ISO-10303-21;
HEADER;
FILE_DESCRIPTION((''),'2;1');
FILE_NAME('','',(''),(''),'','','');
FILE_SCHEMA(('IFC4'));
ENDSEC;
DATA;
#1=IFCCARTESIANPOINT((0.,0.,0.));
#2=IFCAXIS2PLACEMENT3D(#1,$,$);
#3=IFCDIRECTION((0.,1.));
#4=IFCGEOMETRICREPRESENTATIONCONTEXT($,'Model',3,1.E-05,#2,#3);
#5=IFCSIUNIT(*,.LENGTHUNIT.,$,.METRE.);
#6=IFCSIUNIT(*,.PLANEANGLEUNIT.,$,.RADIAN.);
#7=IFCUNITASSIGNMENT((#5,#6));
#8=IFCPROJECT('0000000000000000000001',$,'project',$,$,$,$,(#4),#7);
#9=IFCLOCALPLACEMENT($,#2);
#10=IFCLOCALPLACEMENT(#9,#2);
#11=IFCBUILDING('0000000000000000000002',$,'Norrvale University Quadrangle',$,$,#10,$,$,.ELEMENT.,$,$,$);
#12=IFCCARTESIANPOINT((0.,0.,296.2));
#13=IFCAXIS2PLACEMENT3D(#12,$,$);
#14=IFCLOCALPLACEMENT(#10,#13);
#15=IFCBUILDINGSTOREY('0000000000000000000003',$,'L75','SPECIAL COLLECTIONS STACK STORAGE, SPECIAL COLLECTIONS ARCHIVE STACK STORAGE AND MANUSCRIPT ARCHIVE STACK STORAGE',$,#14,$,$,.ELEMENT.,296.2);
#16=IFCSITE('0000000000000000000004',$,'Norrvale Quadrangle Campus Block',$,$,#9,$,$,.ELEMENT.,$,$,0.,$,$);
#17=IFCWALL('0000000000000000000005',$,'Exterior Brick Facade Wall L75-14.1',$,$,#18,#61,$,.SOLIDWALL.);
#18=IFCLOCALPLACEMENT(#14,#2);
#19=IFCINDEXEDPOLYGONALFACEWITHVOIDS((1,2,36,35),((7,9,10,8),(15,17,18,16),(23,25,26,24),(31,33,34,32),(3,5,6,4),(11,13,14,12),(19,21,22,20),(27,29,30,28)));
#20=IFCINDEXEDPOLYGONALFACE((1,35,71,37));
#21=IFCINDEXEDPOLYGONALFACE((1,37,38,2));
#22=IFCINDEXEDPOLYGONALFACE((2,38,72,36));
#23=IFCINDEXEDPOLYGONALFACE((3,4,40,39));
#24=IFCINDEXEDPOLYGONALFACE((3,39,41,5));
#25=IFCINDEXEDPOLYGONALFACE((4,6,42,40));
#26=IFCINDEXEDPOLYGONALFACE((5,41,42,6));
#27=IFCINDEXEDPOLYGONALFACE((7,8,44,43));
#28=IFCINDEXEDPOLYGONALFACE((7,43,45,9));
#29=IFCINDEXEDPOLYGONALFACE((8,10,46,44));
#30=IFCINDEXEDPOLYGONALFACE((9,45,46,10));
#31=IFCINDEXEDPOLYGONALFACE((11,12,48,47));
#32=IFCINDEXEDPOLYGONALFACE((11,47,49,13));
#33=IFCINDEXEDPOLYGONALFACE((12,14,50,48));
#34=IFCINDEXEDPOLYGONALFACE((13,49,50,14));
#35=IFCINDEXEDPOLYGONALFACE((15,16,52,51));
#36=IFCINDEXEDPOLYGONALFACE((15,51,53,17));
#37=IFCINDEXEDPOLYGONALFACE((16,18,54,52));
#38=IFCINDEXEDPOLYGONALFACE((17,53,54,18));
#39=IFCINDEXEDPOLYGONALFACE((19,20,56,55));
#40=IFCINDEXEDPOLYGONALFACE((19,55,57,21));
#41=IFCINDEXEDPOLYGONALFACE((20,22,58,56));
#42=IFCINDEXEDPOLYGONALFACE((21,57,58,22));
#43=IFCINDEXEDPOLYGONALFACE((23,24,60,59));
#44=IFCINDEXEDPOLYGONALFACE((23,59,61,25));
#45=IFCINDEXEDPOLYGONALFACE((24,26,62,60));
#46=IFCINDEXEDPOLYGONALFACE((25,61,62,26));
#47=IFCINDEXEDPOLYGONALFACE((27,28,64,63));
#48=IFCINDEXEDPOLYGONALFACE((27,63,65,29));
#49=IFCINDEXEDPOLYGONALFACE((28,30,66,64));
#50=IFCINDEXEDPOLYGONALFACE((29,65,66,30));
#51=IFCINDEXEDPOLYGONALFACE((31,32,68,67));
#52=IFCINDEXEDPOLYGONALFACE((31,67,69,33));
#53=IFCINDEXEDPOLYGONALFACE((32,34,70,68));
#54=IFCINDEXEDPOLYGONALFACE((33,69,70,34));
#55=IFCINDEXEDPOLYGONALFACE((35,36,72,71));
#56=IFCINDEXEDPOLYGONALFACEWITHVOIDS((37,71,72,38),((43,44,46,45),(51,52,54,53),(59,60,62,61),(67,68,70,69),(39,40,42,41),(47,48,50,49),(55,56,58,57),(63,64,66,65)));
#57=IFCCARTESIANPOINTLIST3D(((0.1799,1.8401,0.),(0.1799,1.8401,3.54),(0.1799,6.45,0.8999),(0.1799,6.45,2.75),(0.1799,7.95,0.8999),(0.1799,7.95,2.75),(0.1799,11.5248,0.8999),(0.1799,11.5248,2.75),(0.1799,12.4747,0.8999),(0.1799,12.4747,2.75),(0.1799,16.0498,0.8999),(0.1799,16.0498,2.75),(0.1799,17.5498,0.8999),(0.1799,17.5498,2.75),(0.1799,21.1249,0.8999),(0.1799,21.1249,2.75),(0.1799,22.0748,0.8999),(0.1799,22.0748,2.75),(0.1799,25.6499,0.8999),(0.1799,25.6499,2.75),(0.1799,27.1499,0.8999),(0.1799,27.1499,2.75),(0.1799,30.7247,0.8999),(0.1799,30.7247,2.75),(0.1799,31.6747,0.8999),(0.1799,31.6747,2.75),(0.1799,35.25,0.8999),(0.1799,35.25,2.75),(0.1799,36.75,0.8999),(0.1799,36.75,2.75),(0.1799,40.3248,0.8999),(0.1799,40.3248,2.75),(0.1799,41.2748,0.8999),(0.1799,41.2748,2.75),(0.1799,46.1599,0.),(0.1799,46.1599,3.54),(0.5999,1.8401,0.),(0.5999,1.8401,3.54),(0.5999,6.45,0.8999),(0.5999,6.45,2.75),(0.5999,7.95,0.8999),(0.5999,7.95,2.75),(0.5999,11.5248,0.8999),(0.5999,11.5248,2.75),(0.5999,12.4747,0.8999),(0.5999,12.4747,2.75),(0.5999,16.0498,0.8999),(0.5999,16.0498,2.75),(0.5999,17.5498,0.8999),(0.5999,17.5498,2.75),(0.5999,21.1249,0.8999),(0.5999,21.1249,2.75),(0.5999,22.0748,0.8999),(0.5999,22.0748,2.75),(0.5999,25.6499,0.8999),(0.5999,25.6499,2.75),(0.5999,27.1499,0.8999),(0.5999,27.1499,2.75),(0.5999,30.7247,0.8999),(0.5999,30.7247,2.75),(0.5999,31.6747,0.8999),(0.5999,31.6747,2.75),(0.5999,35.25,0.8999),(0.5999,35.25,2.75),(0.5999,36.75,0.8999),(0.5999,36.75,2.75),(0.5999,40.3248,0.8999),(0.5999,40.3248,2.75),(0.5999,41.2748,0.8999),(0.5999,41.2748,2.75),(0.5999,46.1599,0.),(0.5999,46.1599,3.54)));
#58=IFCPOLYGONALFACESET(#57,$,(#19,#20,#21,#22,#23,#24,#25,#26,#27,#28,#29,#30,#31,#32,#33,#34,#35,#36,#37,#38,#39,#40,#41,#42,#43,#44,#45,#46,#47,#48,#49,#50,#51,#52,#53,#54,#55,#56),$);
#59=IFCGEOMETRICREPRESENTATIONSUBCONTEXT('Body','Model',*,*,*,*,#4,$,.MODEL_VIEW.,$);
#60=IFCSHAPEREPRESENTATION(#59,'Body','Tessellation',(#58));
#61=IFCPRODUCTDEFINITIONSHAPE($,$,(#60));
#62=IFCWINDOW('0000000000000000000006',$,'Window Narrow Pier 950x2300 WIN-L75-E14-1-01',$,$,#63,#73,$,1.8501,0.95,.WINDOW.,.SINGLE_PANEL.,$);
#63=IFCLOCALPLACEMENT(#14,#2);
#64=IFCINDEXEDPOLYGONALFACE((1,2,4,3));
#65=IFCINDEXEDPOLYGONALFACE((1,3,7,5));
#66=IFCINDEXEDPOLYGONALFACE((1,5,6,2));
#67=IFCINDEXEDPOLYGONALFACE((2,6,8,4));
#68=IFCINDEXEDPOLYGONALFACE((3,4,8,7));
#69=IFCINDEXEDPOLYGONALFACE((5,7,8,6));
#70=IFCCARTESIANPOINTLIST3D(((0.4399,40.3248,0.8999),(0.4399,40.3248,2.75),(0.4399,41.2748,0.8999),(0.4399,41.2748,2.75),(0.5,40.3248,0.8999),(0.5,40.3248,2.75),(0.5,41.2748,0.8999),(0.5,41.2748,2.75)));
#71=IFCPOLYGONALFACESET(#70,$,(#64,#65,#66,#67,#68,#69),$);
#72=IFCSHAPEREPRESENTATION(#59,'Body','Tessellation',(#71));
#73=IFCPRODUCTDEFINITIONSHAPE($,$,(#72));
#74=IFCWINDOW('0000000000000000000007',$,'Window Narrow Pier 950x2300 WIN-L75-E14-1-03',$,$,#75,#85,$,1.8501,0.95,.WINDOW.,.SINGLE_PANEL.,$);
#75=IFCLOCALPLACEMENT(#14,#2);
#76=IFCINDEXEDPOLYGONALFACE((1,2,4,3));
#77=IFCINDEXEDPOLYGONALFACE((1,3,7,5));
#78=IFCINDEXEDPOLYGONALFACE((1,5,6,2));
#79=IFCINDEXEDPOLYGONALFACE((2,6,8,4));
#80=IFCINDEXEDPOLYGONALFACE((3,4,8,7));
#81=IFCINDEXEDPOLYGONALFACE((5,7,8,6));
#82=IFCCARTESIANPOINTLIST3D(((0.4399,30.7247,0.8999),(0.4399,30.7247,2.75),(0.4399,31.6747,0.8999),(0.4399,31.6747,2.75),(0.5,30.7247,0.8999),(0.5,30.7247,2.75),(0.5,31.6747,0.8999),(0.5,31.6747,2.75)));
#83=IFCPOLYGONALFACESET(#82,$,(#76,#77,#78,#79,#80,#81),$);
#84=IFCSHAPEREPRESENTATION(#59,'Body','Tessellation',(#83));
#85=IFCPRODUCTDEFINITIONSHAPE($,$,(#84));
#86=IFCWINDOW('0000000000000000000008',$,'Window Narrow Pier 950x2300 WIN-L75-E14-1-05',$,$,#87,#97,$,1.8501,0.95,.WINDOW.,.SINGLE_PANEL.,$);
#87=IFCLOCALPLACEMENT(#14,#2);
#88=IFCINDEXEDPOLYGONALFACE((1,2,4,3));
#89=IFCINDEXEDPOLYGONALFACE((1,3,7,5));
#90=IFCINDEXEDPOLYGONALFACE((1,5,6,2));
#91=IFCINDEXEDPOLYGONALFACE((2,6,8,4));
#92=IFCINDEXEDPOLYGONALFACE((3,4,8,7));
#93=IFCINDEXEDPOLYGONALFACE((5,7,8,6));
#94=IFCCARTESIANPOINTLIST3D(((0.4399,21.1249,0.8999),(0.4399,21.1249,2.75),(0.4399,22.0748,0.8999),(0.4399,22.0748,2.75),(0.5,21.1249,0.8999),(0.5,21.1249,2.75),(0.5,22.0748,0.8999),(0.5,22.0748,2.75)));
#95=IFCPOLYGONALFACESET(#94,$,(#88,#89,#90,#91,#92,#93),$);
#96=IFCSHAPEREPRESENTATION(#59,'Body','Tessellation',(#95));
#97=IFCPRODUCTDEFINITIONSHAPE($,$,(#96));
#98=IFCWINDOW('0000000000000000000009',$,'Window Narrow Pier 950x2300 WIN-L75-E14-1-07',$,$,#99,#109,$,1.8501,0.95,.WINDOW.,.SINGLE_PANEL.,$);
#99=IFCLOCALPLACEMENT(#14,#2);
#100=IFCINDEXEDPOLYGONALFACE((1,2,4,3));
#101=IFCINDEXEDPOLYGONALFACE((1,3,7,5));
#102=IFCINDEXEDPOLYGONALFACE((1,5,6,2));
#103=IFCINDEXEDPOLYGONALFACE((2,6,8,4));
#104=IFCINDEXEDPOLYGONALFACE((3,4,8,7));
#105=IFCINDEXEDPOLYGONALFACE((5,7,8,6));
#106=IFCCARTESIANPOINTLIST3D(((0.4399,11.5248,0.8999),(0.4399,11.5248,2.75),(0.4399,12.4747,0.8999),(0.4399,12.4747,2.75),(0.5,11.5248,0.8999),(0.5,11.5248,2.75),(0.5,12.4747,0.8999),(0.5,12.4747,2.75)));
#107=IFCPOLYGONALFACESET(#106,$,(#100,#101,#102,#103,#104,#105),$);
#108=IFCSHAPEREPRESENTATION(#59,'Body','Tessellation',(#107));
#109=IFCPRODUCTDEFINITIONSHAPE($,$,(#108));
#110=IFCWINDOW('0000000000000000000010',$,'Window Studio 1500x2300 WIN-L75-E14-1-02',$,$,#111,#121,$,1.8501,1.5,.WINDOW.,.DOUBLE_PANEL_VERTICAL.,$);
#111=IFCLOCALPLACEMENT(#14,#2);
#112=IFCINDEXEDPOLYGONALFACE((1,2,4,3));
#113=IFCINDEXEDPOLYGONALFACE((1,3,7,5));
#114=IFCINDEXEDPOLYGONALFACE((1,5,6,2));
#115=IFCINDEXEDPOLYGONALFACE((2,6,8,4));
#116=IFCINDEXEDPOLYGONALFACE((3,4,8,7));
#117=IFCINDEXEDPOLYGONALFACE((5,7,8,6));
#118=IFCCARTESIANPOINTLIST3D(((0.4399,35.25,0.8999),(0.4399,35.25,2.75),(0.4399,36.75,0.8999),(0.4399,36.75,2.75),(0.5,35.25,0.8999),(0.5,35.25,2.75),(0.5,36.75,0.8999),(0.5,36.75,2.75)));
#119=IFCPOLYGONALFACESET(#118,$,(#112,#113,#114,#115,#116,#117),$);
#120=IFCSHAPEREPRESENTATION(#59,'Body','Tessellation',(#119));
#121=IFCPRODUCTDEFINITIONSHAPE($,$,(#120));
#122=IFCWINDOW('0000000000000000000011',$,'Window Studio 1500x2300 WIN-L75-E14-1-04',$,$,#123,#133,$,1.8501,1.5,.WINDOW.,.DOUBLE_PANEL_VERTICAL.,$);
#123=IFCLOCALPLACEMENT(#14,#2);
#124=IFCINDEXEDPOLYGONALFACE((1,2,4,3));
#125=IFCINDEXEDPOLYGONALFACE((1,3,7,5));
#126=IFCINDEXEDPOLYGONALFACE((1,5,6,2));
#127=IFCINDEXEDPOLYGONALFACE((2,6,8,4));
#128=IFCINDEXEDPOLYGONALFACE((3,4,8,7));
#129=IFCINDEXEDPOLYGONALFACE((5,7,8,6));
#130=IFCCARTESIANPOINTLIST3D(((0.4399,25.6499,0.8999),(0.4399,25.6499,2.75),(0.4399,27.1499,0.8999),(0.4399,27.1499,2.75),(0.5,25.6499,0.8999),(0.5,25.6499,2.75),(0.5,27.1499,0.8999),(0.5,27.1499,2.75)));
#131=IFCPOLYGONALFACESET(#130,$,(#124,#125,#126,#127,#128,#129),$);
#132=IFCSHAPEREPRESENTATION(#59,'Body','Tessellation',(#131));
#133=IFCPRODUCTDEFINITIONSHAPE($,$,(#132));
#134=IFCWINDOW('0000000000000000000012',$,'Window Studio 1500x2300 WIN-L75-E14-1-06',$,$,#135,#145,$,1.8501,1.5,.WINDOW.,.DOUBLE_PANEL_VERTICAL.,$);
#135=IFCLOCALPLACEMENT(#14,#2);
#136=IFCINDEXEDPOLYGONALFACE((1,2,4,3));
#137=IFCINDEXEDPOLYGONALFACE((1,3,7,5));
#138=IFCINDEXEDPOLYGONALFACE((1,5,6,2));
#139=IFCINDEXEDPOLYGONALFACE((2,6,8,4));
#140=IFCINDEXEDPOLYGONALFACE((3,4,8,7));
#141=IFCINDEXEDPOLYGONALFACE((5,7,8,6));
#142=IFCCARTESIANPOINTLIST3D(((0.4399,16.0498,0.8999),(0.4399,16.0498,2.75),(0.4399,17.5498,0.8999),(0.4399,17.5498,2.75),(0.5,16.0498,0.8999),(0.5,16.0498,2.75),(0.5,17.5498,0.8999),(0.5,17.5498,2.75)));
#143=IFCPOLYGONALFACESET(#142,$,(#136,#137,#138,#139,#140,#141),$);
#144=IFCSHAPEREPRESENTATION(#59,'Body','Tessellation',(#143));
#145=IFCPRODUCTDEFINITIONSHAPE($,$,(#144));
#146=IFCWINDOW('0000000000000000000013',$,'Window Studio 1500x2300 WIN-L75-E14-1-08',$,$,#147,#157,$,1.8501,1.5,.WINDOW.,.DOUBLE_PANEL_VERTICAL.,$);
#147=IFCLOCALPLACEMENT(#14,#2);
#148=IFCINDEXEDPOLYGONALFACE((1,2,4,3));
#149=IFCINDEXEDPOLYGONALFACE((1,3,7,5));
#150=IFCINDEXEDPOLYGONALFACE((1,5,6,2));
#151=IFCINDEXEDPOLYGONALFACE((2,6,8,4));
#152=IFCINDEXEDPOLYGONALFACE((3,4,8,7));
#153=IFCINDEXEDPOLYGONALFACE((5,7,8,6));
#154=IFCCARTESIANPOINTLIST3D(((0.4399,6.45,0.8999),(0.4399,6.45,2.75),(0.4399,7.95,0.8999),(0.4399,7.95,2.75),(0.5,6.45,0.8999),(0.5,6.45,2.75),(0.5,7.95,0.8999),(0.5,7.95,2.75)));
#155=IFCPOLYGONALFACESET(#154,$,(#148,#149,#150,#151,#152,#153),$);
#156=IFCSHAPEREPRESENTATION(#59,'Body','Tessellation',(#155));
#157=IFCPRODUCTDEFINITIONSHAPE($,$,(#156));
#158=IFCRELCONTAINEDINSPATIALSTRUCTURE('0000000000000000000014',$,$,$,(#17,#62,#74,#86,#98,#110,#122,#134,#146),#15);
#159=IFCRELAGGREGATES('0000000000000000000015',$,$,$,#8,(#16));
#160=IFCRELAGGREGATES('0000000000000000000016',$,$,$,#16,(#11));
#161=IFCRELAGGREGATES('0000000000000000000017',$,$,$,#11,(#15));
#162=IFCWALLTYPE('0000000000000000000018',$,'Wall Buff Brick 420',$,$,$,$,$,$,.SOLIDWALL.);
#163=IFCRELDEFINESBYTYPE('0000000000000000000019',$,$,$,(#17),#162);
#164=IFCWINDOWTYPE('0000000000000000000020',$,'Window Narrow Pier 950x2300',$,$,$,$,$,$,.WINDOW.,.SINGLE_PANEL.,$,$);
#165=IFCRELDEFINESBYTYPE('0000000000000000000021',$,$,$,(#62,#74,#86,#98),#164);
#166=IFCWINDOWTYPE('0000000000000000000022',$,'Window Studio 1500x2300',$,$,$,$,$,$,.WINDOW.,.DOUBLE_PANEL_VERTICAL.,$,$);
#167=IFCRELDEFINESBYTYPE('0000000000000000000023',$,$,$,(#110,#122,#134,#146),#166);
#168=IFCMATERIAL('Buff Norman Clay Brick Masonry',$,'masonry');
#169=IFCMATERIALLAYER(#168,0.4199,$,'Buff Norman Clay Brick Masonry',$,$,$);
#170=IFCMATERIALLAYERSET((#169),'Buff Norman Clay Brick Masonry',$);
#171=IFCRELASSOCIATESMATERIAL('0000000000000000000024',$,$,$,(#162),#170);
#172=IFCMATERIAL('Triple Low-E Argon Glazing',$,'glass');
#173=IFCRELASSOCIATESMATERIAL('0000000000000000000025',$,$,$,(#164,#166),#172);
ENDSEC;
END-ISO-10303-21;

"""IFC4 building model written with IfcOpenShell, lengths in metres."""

from ifc_helpers import new_model, si_unit, direction, frame, frame_2d, origin, place, context, subcontext, project, spatial, rectangle, extrude, material, layer, layer_set, type_object, element, fill, save


model = new_model("IFC4")

# Units and contexts
model_context = context("Model", 3, precision=1e-05, world=origin(), true_north=direction((0.0, 1.0)))
body_context = subcontext(model_context, "Body", "Model", "MODEL_VIEW")
ifc_project = project(units=[si_unit("LENGTHUNIT", "METRE"), si_unit("PLANEANGLEUNIT", "RADIAN")], contexts=[model_context])

# Site, building, storey
site_placement = place(None, origin())
site = spatial("IfcSite", under=ifc_project, at=site_placement, Name="Norrvale Quadrangle Campus Block", CompositionType="ELEMENT", RefElevation=0.0)
building_placement = place(site_placement, origin())
building = spatial("IfcBuilding", under=site, at=building_placement, Name="Norrvale University Quadrangle", CompositionType="ELEMENT")
storey_placement = place(building_placement, frame((0.0, 0.0, 296.2)))
storey = spatial("IfcBuildingStorey", under=building, at=storey_placement, Name="L75", Description="SPECIAL COLLECTIONS STACK STORAGE, SPECIAL COLLECTIONS ARCHIVE STACK STORAGE AND MANUSCRIPT ARCHIVE STACK STORAGE", CompositionType="ELEMENT", Elevation=296.2)

# Shared definitions
ifc_material_1 = material(Name="Buff Norman Clay Brick Masonry", Category="masonry")
ifc_layer_1 = layer(ifc_material_1, 0.4199, Name="Buff Norman Clay Brick Masonry")
ifc_layer_set_1 = layer_set([ifc_layer_1], Name="Buff Norman Clay Brick Masonry")
wall_type_1 = type_object("IfcWallType", Name="Wall Buff Brick 420", PredefinedType="SOLIDWALL", material=ifc_layer_set_1)

# Wall, openings, windows
wall_1_placement = place(storey_placement, frame((0.3899, 46.1599, 0.0), z_axis=(0.0, 0.0, 1.0), x_axis=(0.0, -1.0, 0.0)))
wall_1 = element("IfcWall", 1, at=wall_1_placement, inside=storey, type_object=wall_type_1, Name="Exterior Brick Facade Wall L75-14.1", PredefinedType="SOLIDWALL", context=body_context, shape_type="SweptSolid", body=[
    extrude(rectangle(XDim=44.3198, YDim=0.4199, at=frame_2d((22.1599, 0.0))), origin(), (0.0, 0.0, 1.0), 3.54),
])
opening_1_placement = place(wall_1_placement, frame((4.885, 0.0, 0.8999)))
opening_1 = element("IfcOpeningElement", 2, at=opening_1_placement, cuts=wall_1, PredefinedType="OPENING", context=body_context, shape_type="SweptSolid", body=[
    extrude(rectangle(XDim=0.95, YDim=1.8501, at=frame_2d((0.4751, 0.925))), frame((0.0, 0.2219, 0.0), z_axis=(0.0, -1.0, 0.0), x_axis=(1.0, 0.0, 0.0)), (0.0, 0.0, 1.0), 0.4438),
])
opening_2_placement = place(wall_1_placement, frame((9.4099, 0.0, 0.8999)))
opening_2 = element("IfcOpeningElement", 3, at=opening_2_placement, cuts=wall_1, PredefinedType="OPENING", context=body_context, shape_type="SweptSolid", body=[
    extrude(rectangle(XDim=1.5, YDim=1.8501, at=frame_2d((0.75, 0.925))), frame((0.0, 0.2219, 0.0), z_axis=(0.0, -1.0, 0.0), x_axis=(1.0, 0.0, 0.0)), (0.0, 0.0, 1.0), 0.4438),
])
opening_3_placement = place(wall_1_placement, frame((14.4851, 0.0, 0.8999)))
opening_3 = element("IfcOpeningElement", 4, at=opening_3_placement, cuts=wall_1, PredefinedType="OPENING", context=body_context, shape_type="SweptSolid", body=[
    extrude(rectangle(XDim=0.95, YDim=1.8501, at=frame_2d((0.4751, 0.925))), frame((0.0, 0.2219, 0.0), z_axis=(0.0, -1.0, 0.0), x_axis=(1.0, 0.0, 0.0)), (0.0, 0.0, 1.0), 0.4438),
])
opening_4_placement = place(wall_1_placement, frame((19.01, 0.0, 0.8999)))
opening_4 = element("IfcOpeningElement", 5, at=opening_4_placement, cuts=wall_1, PredefinedType="OPENING", context=body_context, shape_type="SweptSolid", body=[
    extrude(rectangle(XDim=1.5, YDim=1.8501, at=frame_2d((0.75, 0.925))), frame((0.0, 0.2219, 0.0), z_axis=(0.0, -1.0, 0.0), x_axis=(1.0, 0.0, 0.0)), (0.0, 0.0, 1.0), 0.4438),
])
opening_5_placement = place(wall_1_placement, frame((24.085, 0.0, 0.8999)))
opening_5 = element("IfcOpeningElement", 6, at=opening_5_placement, cuts=wall_1, PredefinedType="OPENING", context=body_context, shape_type="SweptSolid", body=[
    extrude(rectangle(XDim=0.95, YDim=1.8501, at=frame_2d((0.4751, 0.925))), frame((0.0, 0.2219, 0.0), z_axis=(0.0, -1.0, 0.0), x_axis=(1.0, 0.0, 0.0)), (0.0, 0.0, 1.0), 0.4438),
])
opening_6_placement = place(wall_1_placement, frame((28.6101, 0.0, 0.8999)))
opening_6 = element("IfcOpeningElement", 7, at=opening_6_placement, cuts=wall_1, PredefinedType="OPENING", context=body_context, shape_type="SweptSolid", body=[
    extrude(rectangle(XDim=1.5, YDim=1.8501, at=frame_2d((0.75, 0.925))), frame((0.0, 0.2219, 0.0), z_axis=(0.0, -1.0, 0.0), x_axis=(1.0, 0.0, 0.0)), (0.0, 0.0, 1.0), 0.4438),
])
opening_7_placement = place(wall_1_placement, frame((33.6851, 0.0, 0.8999)))
opening_7 = element("IfcOpeningElement", 8, at=opening_7_placement, cuts=wall_1, PredefinedType="OPENING", context=body_context, shape_type="SweptSolid", body=[
    extrude(rectangle(XDim=0.95, YDim=1.8501, at=frame_2d((0.4751, 0.925))), frame((0.0, 0.2219, 0.0), z_axis=(0.0, -1.0, 0.0), x_axis=(1.0, 0.0, 0.0)), (0.0, 0.0, 1.0), 0.4438),
])
opening_8_placement = place(wall_1_placement, frame((38.21, 0.0, 0.8999)))
opening_8 = element("IfcOpeningElement", 9, at=opening_8_placement, cuts=wall_1, PredefinedType="OPENING", context=body_context, shape_type="SweptSolid", body=[
    extrude(rectangle(XDim=1.5, YDim=1.8501, at=frame_2d((0.75, 0.925))), frame((0.0, 0.2219, 0.0), z_axis=(0.0, -1.0, 0.0), x_axis=(1.0, 0.0, 0.0)), (0.0, 0.0, 1.0), 0.4438),
])
ifc_material_2 = material(Name="Triple Low-E Argon Glazing", Category="glass")
window_type_1 = type_object("IfcWindowType", Name="Window Narrow Pier 950x2300", PartitioningType="SINGLE_PANEL", PredefinedType="WINDOW", material=ifc_material_2)
window_1_placement = place(opening_1_placement, origin())
window_1 = element("IfcWindow", 10, at=window_1_placement, inside=storey, type_object=window_type_1, Name="Window Narrow Pier 950x2300 WIN-L75-E14-1-01", OverallHeight=1.8501, OverallWidth=0.95, PartitioningType="SINGLE_PANEL", PredefinedType="WINDOW", context=body_context, shape_type="SweptSolid", body=[
    extrude(rectangle(XDim=0.95, YDim=1.8501, at=frame_2d((0.4751, 0.925))), frame((0.0, 0.1101, 0.0), z_axis=(0.0, -1.0, 0.0), x_axis=(1.0, 0.0, 0.0)), (0.0, 0.0, 1.0), 0.0601),
])
fill(opening_1, window_1)
window_2_placement = place(opening_3_placement, origin())
window_2 = element("IfcWindow", 11, at=window_2_placement, inside=storey, type_object=window_type_1, Name="Window Narrow Pier 950x2300 WIN-L75-E14-1-03", OverallHeight=1.8501, OverallWidth=0.95, PartitioningType="SINGLE_PANEL", PredefinedType="WINDOW", context=body_context, shape_type="SweptSolid", body=[
    extrude(rectangle(XDim=0.95, YDim=1.8501, at=frame_2d((0.4751, 0.925))), frame((0.0, 0.1101, 0.0), z_axis=(0.0, -1.0, 0.0), x_axis=(1.0, 0.0, 0.0)), (0.0, 0.0, 1.0), 0.0601),
])
fill(opening_3, window_2)
window_3_placement = place(opening_5_placement, origin())
window_3 = element("IfcWindow", 12, at=window_3_placement, inside=storey, type_object=window_type_1, Name="Window Narrow Pier 950x2300 WIN-L75-E14-1-05", OverallHeight=1.8501, OverallWidth=0.95, PartitioningType="SINGLE_PANEL", PredefinedType="WINDOW", context=body_context, shape_type="SweptSolid", body=[
    extrude(rectangle(XDim=0.95, YDim=1.8501, at=frame_2d((0.4751, 0.925))), frame((0.0, 0.1101, 0.0), z_axis=(0.0, -1.0, 0.0), x_axis=(1.0, 0.0, 0.0)), (0.0, 0.0, 1.0), 0.0601),
])
fill(opening_5, window_3)
window_4_placement = place(opening_7_placement, origin())
window_4 = element("IfcWindow", 13, at=window_4_placement, inside=storey, type_object=window_type_1, Name="Window Narrow Pier 950x2300 WIN-L75-E14-1-07", OverallHeight=1.8501, OverallWidth=0.95, PartitioningType="SINGLE_PANEL", PredefinedType="WINDOW", context=body_context, shape_type="SweptSolid", body=[
    extrude(rectangle(XDim=0.95, YDim=1.8501, at=frame_2d((0.4751, 0.925))), frame((0.0, 0.1101, 0.0), z_axis=(0.0, -1.0, 0.0), x_axis=(1.0, 0.0, 0.0)), (0.0, 0.0, 1.0), 0.0601),
])
fill(opening_7, window_4)
window_type_2 = type_object("IfcWindowType", Name="Window Studio 1500x2300", PartitioningType="DOUBLE_PANEL_VERTICAL", PredefinedType="WINDOW", material=ifc_material_2)
window_5_placement = place(opening_2_placement, origin())
window_5 = element("IfcWindow", 14, at=window_5_placement, inside=storey, type_object=window_type_2, Name="Window Studio 1500x2300 WIN-L75-E14-1-02", OverallHeight=1.8501, OverallWidth=1.5, PartitioningType="DOUBLE_PANEL_VERTICAL", PredefinedType="WINDOW", context=body_context, shape_type="SweptSolid", body=[
    extrude(rectangle(XDim=1.5, YDim=1.8501, at=frame_2d((0.75, 0.925))), frame((0.0, 0.1101, 0.0), z_axis=(0.0, -1.0, 0.0), x_axis=(1.0, 0.0, 0.0)), (0.0, 0.0, 1.0), 0.0601),
])
fill(opening_2, window_5)
window_6_placement = place(opening_4_placement, origin())
window_6 = element("IfcWindow", 15, at=window_6_placement, inside=storey, type_object=window_type_2, Name="Window Studio 1500x2300 WIN-L75-E14-1-04", OverallHeight=1.8501, OverallWidth=1.5, PartitioningType="DOUBLE_PANEL_VERTICAL", PredefinedType="WINDOW", context=body_context, shape_type="SweptSolid", body=[
    extrude(rectangle(XDim=1.5, YDim=1.8501, at=frame_2d((0.75, 0.925))), frame((0.0, 0.1101, 0.0), z_axis=(0.0, -1.0, 0.0), x_axis=(1.0, 0.0, 0.0)), (0.0, 0.0, 1.0), 0.0601),
])
fill(opening_4, window_6)
window_7_placement = place(opening_6_placement, origin())
window_7 = element("IfcWindow", 16, at=window_7_placement, inside=storey, type_object=window_type_2, Name="Window Studio 1500x2300 WIN-L75-E14-1-06", OverallHeight=1.8501, OverallWidth=1.5, PartitioningType="DOUBLE_PANEL_VERTICAL", PredefinedType="WINDOW", context=body_context, shape_type="SweptSolid", body=[
    extrude(rectangle(XDim=1.5, YDim=1.8501, at=frame_2d((0.75, 0.925))), frame((0.0, 0.1101, 0.0), z_axis=(0.0, -1.0, 0.0), x_axis=(1.0, 0.0, 0.0)), (0.0, 0.0, 1.0), 0.0601),
])
fill(opening_6, window_7)
window_8_placement = place(opening_8_placement, origin())
window_8 = element("IfcWindow", 17, at=window_8_placement, inside=storey, type_object=window_type_2, Name="Window Studio 1500x2300 WIN-L75-E14-1-08", OverallHeight=1.8501, OverallWidth=1.5, PartitioningType="DOUBLE_PANEL_VERTICAL", PredefinedType="WINDOW", context=body_context, shape_type="SweptSolid", body=[
    extrude(rectangle(XDim=1.5, YDim=1.8501, at=frame_2d((0.75, 0.925))), frame((0.0, 0.1101, 0.0), z_axis=(0.0, -1.0, 0.0), x_axis=(1.0, 0.0, 0.0)), (0.0, 0.0, 1.0), 0.0601),
])
fill(opening_8, window_8)

save(model, "model.ifc")
